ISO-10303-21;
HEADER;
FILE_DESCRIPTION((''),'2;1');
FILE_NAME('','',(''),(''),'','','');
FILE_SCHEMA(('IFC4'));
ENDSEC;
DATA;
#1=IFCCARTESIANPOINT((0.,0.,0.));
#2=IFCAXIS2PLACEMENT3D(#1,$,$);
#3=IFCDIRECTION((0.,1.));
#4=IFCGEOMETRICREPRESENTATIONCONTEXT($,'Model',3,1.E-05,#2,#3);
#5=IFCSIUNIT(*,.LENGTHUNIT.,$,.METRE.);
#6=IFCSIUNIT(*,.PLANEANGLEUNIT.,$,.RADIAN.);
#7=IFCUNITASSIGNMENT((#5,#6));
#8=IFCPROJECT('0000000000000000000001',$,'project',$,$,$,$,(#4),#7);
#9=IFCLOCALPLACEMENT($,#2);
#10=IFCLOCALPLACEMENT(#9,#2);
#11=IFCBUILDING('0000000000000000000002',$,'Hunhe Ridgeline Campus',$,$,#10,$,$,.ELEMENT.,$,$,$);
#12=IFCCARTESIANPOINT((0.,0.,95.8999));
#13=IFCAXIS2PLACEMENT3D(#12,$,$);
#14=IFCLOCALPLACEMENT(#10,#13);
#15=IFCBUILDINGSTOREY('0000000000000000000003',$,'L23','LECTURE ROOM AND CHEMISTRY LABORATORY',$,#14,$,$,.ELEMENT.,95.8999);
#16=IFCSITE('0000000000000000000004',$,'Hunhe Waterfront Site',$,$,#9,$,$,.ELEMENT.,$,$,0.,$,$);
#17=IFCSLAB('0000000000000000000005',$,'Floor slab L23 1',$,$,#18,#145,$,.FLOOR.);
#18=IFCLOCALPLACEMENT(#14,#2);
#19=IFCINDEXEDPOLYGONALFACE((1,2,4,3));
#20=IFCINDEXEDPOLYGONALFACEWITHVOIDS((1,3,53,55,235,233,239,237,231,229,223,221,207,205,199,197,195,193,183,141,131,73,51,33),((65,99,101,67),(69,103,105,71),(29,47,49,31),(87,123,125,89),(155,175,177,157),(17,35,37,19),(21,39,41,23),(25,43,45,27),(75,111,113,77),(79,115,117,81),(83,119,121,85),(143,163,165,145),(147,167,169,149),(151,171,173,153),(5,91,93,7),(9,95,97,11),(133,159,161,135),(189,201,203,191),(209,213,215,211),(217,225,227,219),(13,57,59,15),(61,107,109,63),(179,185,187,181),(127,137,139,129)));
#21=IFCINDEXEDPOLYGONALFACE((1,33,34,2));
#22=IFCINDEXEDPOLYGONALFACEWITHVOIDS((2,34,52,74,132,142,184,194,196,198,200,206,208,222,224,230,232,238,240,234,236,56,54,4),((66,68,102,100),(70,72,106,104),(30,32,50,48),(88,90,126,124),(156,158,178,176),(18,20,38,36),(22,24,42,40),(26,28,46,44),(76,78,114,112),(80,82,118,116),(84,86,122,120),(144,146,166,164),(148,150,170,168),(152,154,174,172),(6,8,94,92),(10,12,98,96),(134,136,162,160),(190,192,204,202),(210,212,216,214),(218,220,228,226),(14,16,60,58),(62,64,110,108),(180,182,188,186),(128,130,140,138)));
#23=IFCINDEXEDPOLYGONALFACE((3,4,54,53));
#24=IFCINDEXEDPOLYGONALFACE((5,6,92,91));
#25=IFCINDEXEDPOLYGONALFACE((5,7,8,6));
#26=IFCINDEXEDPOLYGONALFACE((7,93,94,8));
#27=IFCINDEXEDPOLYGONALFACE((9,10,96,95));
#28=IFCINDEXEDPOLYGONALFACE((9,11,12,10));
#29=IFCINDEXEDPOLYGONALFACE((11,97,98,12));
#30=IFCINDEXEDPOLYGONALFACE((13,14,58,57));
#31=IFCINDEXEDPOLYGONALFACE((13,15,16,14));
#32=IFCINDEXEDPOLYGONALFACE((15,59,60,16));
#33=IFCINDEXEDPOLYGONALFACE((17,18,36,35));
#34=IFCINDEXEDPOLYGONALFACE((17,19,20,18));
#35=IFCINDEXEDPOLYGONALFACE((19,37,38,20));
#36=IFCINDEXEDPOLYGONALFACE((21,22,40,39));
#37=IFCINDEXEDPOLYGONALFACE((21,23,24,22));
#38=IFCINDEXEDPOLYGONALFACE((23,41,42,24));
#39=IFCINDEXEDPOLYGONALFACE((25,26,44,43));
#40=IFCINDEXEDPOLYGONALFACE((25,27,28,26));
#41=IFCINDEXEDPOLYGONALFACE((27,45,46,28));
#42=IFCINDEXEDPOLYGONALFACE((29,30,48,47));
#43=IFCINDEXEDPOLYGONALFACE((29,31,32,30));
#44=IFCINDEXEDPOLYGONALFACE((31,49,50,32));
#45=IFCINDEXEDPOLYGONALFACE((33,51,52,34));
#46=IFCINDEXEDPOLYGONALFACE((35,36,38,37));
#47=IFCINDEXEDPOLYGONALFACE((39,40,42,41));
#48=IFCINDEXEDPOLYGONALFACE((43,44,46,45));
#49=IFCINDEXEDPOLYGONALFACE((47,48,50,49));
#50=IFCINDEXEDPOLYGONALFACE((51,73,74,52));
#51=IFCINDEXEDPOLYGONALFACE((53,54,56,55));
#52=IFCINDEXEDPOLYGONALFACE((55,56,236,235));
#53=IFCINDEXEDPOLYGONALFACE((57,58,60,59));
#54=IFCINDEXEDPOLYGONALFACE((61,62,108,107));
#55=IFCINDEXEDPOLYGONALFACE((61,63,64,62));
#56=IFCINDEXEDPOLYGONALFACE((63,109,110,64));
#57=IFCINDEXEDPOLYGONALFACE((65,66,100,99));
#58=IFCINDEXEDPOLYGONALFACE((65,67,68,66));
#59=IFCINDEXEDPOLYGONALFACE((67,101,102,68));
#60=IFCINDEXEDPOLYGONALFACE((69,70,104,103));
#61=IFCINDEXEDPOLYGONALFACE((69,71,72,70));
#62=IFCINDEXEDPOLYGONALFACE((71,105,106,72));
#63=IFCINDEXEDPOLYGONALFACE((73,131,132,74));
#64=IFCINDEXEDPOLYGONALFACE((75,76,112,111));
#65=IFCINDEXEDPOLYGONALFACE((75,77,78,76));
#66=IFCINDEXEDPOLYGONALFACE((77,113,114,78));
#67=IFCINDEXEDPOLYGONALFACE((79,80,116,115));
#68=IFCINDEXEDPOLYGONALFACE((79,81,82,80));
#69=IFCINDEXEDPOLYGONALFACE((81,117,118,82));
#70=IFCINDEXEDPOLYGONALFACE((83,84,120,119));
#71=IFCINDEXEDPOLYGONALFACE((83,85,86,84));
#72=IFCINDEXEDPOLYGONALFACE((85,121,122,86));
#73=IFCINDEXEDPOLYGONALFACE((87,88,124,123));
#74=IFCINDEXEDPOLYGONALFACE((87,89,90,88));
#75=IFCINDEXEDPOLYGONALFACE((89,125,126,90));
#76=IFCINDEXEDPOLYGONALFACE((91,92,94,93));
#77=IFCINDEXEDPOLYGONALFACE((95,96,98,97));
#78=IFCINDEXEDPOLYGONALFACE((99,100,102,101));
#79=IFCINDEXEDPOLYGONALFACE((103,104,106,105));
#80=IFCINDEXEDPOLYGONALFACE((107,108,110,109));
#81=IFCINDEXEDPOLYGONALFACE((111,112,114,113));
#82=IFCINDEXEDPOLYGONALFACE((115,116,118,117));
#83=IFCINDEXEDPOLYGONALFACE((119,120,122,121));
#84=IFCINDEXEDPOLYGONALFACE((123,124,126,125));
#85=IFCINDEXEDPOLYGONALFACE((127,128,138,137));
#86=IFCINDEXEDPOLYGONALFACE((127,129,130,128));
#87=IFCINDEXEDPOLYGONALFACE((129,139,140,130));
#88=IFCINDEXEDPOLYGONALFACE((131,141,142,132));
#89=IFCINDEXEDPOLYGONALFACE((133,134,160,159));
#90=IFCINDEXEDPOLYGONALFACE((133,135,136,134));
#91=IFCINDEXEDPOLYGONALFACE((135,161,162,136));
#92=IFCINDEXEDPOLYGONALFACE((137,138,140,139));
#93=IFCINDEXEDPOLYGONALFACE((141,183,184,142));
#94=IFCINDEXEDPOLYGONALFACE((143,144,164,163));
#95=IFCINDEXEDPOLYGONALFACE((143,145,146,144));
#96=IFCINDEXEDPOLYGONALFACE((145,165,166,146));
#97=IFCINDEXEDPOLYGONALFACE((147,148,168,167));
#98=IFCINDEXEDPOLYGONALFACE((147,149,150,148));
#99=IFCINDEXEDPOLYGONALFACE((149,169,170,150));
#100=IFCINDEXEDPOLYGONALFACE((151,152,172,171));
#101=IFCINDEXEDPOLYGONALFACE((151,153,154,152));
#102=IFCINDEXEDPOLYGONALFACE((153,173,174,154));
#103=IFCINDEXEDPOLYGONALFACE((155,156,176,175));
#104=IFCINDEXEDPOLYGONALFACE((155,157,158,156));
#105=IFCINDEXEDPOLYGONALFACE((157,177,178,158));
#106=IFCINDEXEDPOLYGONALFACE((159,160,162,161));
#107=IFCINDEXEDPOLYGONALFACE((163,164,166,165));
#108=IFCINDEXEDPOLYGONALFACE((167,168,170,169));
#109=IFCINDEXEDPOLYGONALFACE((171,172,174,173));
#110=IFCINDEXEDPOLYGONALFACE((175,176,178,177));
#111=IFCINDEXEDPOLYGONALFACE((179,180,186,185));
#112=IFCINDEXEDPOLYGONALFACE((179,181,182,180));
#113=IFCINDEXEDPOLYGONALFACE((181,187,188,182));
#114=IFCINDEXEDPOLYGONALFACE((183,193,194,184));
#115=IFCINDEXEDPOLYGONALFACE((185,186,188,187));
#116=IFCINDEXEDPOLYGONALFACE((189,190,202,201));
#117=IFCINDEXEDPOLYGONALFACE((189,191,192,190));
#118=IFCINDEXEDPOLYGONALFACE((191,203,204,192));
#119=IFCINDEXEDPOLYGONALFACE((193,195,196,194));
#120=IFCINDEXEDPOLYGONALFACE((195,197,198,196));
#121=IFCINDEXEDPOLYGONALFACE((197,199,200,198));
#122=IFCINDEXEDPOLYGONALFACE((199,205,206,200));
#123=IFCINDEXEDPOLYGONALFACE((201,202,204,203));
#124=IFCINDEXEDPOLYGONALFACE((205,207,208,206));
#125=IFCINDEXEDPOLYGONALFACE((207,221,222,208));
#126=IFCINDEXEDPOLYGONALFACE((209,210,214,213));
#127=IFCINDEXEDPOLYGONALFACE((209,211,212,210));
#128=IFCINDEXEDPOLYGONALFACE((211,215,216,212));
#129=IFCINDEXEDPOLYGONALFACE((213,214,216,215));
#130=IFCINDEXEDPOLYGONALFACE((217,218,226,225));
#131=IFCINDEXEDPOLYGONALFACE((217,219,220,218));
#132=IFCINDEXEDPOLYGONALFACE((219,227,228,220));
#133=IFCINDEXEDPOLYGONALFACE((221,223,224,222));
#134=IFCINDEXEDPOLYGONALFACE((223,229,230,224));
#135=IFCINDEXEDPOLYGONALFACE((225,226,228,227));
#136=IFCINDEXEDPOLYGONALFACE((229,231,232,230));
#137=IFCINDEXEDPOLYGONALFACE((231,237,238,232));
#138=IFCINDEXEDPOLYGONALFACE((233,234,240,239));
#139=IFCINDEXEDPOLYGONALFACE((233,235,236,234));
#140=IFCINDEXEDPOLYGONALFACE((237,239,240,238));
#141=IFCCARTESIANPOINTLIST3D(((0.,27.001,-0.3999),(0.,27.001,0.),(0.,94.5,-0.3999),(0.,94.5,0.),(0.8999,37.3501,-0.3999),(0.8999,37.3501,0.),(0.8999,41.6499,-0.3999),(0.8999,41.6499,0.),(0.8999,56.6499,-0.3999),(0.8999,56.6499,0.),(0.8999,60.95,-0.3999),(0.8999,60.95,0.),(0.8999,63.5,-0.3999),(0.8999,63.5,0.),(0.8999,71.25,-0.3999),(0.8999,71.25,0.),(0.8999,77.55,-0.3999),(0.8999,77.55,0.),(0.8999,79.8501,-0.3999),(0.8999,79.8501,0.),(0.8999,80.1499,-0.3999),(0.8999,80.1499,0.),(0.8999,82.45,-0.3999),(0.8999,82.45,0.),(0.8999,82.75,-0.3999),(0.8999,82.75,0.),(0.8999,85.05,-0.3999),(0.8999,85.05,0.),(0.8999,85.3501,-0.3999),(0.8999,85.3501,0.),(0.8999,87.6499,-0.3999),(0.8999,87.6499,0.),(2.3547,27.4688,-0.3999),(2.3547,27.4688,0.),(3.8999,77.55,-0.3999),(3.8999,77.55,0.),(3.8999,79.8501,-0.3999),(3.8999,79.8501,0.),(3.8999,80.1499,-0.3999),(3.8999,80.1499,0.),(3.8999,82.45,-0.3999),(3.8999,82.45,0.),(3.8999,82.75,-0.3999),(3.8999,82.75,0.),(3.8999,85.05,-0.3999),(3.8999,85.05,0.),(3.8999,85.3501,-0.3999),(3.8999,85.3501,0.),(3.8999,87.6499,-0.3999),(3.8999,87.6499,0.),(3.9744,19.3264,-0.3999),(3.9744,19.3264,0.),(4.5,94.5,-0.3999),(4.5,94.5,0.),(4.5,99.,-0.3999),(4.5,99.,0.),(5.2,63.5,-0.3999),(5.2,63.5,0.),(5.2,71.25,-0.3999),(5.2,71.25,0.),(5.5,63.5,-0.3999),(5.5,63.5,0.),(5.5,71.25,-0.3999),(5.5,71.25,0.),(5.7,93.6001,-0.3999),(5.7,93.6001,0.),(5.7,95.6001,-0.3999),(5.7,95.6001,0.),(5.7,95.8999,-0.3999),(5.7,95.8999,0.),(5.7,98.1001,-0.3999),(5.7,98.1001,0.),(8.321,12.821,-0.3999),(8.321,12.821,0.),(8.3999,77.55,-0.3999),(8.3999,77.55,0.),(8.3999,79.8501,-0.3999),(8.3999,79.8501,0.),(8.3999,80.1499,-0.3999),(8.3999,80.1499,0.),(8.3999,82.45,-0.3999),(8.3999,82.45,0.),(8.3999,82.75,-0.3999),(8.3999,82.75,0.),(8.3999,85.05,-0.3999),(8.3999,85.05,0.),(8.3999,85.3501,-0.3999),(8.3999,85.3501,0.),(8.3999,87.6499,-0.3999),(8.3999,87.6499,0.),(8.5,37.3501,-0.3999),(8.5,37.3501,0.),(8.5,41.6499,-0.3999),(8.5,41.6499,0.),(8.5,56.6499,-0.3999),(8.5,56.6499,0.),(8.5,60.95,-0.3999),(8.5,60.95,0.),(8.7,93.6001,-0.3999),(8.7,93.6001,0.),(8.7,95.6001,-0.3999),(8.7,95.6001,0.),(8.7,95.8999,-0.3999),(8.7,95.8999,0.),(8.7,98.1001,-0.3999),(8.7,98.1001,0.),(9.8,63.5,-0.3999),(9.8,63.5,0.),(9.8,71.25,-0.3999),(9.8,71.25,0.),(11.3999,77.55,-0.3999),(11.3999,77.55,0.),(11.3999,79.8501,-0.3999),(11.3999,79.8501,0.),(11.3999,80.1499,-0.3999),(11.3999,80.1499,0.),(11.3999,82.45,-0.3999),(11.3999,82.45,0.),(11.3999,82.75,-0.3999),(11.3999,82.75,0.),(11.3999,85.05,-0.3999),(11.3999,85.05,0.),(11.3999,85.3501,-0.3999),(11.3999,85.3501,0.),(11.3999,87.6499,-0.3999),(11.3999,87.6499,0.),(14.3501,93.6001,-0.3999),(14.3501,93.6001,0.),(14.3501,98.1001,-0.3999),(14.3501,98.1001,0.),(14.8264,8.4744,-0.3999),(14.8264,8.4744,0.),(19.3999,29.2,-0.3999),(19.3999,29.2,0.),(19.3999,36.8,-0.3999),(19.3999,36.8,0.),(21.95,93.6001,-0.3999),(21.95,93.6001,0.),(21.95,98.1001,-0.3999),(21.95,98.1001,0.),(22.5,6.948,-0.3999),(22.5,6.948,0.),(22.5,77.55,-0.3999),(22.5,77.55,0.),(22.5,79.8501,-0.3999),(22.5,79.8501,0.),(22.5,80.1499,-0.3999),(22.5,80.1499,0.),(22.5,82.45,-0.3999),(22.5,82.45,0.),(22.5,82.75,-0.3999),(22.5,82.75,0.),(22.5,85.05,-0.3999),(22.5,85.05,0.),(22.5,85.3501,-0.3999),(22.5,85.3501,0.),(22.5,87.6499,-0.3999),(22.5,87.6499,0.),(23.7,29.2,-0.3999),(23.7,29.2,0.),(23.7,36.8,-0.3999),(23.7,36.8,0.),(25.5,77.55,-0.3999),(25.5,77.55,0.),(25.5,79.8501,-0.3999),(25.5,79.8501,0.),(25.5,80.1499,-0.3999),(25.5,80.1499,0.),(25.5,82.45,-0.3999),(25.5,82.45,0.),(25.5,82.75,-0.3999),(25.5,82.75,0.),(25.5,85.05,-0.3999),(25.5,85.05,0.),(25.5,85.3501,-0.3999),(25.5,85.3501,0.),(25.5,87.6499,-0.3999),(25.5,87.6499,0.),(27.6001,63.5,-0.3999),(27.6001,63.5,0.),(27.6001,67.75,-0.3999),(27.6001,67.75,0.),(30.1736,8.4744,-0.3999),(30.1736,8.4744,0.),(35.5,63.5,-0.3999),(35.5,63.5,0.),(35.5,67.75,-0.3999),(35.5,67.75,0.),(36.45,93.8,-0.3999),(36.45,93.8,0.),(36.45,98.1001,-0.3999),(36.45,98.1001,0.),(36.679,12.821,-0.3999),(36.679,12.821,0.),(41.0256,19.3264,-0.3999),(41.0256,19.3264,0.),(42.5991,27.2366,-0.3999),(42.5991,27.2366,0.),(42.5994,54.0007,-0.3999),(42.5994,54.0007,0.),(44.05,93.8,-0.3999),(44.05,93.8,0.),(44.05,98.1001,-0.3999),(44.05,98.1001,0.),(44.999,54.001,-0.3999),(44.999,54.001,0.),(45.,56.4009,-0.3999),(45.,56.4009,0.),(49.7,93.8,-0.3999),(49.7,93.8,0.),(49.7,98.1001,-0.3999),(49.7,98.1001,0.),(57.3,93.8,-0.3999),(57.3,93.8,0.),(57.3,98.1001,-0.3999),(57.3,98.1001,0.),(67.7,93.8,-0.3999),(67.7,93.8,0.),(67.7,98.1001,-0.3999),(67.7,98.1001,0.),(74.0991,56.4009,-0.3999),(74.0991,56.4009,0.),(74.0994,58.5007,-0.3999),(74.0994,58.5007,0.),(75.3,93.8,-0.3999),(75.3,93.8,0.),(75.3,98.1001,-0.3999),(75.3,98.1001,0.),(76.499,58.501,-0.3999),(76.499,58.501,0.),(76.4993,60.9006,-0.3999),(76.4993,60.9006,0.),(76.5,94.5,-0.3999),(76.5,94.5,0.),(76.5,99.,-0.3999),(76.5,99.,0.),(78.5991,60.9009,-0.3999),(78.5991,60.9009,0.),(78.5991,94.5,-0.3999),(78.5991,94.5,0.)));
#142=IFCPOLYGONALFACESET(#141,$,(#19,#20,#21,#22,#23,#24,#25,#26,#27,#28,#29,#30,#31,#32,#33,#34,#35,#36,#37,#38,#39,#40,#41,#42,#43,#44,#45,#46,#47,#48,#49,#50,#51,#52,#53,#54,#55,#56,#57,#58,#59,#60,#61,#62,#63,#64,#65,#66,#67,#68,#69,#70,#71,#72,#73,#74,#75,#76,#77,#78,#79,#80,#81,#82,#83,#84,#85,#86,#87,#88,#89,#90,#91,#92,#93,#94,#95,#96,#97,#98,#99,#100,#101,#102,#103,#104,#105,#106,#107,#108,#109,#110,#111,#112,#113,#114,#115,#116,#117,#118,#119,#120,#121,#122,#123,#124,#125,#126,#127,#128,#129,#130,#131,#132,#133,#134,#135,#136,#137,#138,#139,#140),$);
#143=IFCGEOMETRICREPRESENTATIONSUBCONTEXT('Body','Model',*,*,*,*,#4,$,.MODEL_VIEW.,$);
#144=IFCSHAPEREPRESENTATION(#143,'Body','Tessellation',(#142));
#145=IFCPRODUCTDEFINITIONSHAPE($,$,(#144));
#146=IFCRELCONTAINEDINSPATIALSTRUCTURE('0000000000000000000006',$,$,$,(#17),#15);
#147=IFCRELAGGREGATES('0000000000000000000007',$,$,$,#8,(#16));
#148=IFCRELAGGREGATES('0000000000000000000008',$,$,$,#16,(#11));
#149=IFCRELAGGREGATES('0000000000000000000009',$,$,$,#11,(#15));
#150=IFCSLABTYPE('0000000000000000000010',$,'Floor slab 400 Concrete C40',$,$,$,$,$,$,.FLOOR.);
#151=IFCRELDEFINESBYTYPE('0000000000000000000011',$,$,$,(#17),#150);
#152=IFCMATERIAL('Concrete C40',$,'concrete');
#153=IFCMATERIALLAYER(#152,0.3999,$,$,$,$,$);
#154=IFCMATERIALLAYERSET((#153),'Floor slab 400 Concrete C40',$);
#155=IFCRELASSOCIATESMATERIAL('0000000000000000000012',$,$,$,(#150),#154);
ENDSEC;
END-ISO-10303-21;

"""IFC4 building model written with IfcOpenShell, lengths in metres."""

from ifc_helpers import new_model, si_unit, direction, frame, origin, place, context, subcontext, project, spatial, polyline, outline, extrude, material, layer, layer_set, type_object, element, save


model = new_model("IFC4")

# Units and contexts
model_context = context("Model", 3, precision=1e-05, world=origin(), true_north=direction((0.0, 1.0)))
body_context = subcontext(model_context, "Body", "Model", "MODEL_VIEW")
ifc_project = project(units=[si_unit("LENGTHUNIT", "METRE"), si_unit("PLANEANGLEUNIT", "RADIAN")], contexts=[model_context])

# Site, building, storey
site_placement = place(None, origin())
site = spatial("IfcSite", under=ifc_project, at=site_placement, Name="Hunhe Waterfront Site", CompositionType="ELEMENT", RefElevation=0.0)
building_placement = place(site_placement, origin())
building = spatial("IfcBuilding", under=site, at=building_placement, Name="Hunhe Ridgeline Campus", CompositionType="ELEMENT")
storey_placement = place(building_placement, frame((0.0, 0.0, 95.8999)))
storey = spatial("IfcBuildingStorey", under=building, at=storey_placement, Name="L23", Description="LECTURE ROOM AND CHEMISTRY LABORATORY", CompositionType="ELEMENT", Elevation=95.8999)

# Slab
ifc_material_1 = material(Name="Concrete C40", Category="concrete")
ifc_layer_1 = layer(ifc_material_1, 0.3999)
ifc_layer_set_1 = layer_set([ifc_layer_1], Name="Floor slab 400 Concrete C40")
slab_type_1 = type_object("IfcSlabType", Name="Floor slab 400 Concrete C40", PredefinedType="FLOOR", material=ifc_layer_set_1)
slab_1_placement = place(storey_placement, frame((0.0, 0.0, -0.3999)))
element("IfcSlab", 1, at=slab_1_placement, inside=storey, type_object=slab_type_1, Name="Floor slab L23 1", PredefinedType="FLOOR", context=body_context, shape_type="SweptSolid", body=[
    extrude(outline(polyline([(0.0, 27.001), (2.3547, 27.4688), (3.9744, 19.3264), (8.321, 12.821), (14.8264, 8.4744), (22.5, 6.948), (30.1736, 8.4744), (36.679, 12.821), (41.0256, 19.3264), (42.5991, 27.2366), (42.5994, 54.0007), (44.999, 54.001), (45.0, 56.4009), (74.0991, 56.4009), (74.0994, 58.5007), (76.499, 58.501), (76.4993, 60.9006), (78.5991, 60.9009), (78.5991, 94.5), (76.5, 94.5), (76.5, 99.0), (4.5, 99.0), (4.5, 94.5), (0.0, 94.5), (0.0, 27.001)]), holes=[polyline([(67.7, 93.8), (75.3, 93.8), (75.3, 98.1001), (67.7, 98.1001), (67.7, 93.8)]), polyline([(57.3, 93.8), (57.3, 98.1001), (49.7, 98.1001), (49.7, 93.8), (57.3, 93.8)]), polyline([(44.05, 98.1001), (36.45, 98.1001), (36.45, 93.8), (44.05, 93.8), (44.05, 98.1001)]), polyline([(27.6001, 67.75), (27.6001, 63.5), (35.5, 63.5), (35.5, 67.75), (27.6001, 67.75)]), polyline([(25.5, 85.3501), (25.5, 87.6499), (22.5, 87.6499), (22.5, 85.3501), (25.5, 85.3501)]), polyline([(25.5, 85.05), (22.5, 85.05), (22.5, 82.75), (25.5, 82.75), (25.5, 85.05)]), polyline([(22.5, 82.45), (22.5, 80.1499), (25.5, 80.1499), (25.5, 82.45), (22.5, 82.45)]), polyline([(22.5, 77.55), (25.5, 77.55), (25.5, 79.8501), (22.5, 79.8501), (22.5, 77.55)]), polyline([(19.3999, 29.2), (23.7, 29.2), (23.7, 36.8), (19.3999, 36.8), (19.3999, 29.2)]), polyline([(21.95, 98.1001), (14.3501, 98.1001), (14.3501, 93.6001), (21.95, 93.6001), (21.95, 98.1001)]), polyline([(8.3999, 82.45), (8.3999, 80.1499), (11.3999, 80.1499), (11.3999, 82.45), (8.3999, 82.45)]), polyline([(11.3999, 85.3501), (11.3999, 87.6499), (8.3999, 87.6499), (8.3999, 85.3501), (11.3999, 85.3501)]), polyline([(11.3999, 85.05), (8.3999, 85.05), (8.3999, 82.75), (11.3999, 82.75), (11.3999, 85.05)]), polyline([(8.3999, 77.55), (11.3999, 77.55), (11.3999, 79.8501), (8.3999, 79.8501), (8.3999, 77.55)]), polyline([(5.5, 63.5), (9.8, 63.5), (9.8, 71.25), (5.5, 71.25), (5.5, 63.5)]), polyline([(5.7, 98.1001), (5.7, 95.8999), (8.7, 95.8999), (8.7, 98.1001), (5.7, 98.1001)]), polyline([(5.7, 93.6001), (8.7, 93.6001), (8.7, 95.6001), (5.7, 95.6001), (5.7, 93.6001)]), polyline([(0.8999, 60.95), (0.8999, 56.6499), (8.5, 56.6499), (8.5, 60.95), (0.8999, 60.95)]), polyline([(0.8999, 37.3501), (8.5, 37.3501), (8.5, 41.6499), (0.8999, 41.6499), (0.8999, 37.3501)]), polyline([(5.2, 63.5), (5.2, 71.25), (0.8999, 71.25), (0.8999, 63.5), (5.2, 63.5)]), polyline([(3.8999, 85.3501), (3.8999, 87.6499), (0.8999, 87.6499), (0.8999, 85.3501), (3.8999, 85.3501)]), polyline([(3.8999, 85.05), (0.8999, 85.05), (0.8999, 82.75), (3.8999, 82.75), (3.8999, 85.05)]), polyline([(0.8999, 82.45), (0.8999, 80.1499), (3.8999, 80.1499), (3.8999, 82.45), (0.8999, 82.45)]), polyline([(0.8999, 77.55), (3.8999, 77.55), (3.8999, 79.8501), (0.8999, 79.8501), (0.8999, 77.55)])]), origin(), (0.0, 0.0, 1.0), 0.3999),
])

save(model, "model.ifc")
